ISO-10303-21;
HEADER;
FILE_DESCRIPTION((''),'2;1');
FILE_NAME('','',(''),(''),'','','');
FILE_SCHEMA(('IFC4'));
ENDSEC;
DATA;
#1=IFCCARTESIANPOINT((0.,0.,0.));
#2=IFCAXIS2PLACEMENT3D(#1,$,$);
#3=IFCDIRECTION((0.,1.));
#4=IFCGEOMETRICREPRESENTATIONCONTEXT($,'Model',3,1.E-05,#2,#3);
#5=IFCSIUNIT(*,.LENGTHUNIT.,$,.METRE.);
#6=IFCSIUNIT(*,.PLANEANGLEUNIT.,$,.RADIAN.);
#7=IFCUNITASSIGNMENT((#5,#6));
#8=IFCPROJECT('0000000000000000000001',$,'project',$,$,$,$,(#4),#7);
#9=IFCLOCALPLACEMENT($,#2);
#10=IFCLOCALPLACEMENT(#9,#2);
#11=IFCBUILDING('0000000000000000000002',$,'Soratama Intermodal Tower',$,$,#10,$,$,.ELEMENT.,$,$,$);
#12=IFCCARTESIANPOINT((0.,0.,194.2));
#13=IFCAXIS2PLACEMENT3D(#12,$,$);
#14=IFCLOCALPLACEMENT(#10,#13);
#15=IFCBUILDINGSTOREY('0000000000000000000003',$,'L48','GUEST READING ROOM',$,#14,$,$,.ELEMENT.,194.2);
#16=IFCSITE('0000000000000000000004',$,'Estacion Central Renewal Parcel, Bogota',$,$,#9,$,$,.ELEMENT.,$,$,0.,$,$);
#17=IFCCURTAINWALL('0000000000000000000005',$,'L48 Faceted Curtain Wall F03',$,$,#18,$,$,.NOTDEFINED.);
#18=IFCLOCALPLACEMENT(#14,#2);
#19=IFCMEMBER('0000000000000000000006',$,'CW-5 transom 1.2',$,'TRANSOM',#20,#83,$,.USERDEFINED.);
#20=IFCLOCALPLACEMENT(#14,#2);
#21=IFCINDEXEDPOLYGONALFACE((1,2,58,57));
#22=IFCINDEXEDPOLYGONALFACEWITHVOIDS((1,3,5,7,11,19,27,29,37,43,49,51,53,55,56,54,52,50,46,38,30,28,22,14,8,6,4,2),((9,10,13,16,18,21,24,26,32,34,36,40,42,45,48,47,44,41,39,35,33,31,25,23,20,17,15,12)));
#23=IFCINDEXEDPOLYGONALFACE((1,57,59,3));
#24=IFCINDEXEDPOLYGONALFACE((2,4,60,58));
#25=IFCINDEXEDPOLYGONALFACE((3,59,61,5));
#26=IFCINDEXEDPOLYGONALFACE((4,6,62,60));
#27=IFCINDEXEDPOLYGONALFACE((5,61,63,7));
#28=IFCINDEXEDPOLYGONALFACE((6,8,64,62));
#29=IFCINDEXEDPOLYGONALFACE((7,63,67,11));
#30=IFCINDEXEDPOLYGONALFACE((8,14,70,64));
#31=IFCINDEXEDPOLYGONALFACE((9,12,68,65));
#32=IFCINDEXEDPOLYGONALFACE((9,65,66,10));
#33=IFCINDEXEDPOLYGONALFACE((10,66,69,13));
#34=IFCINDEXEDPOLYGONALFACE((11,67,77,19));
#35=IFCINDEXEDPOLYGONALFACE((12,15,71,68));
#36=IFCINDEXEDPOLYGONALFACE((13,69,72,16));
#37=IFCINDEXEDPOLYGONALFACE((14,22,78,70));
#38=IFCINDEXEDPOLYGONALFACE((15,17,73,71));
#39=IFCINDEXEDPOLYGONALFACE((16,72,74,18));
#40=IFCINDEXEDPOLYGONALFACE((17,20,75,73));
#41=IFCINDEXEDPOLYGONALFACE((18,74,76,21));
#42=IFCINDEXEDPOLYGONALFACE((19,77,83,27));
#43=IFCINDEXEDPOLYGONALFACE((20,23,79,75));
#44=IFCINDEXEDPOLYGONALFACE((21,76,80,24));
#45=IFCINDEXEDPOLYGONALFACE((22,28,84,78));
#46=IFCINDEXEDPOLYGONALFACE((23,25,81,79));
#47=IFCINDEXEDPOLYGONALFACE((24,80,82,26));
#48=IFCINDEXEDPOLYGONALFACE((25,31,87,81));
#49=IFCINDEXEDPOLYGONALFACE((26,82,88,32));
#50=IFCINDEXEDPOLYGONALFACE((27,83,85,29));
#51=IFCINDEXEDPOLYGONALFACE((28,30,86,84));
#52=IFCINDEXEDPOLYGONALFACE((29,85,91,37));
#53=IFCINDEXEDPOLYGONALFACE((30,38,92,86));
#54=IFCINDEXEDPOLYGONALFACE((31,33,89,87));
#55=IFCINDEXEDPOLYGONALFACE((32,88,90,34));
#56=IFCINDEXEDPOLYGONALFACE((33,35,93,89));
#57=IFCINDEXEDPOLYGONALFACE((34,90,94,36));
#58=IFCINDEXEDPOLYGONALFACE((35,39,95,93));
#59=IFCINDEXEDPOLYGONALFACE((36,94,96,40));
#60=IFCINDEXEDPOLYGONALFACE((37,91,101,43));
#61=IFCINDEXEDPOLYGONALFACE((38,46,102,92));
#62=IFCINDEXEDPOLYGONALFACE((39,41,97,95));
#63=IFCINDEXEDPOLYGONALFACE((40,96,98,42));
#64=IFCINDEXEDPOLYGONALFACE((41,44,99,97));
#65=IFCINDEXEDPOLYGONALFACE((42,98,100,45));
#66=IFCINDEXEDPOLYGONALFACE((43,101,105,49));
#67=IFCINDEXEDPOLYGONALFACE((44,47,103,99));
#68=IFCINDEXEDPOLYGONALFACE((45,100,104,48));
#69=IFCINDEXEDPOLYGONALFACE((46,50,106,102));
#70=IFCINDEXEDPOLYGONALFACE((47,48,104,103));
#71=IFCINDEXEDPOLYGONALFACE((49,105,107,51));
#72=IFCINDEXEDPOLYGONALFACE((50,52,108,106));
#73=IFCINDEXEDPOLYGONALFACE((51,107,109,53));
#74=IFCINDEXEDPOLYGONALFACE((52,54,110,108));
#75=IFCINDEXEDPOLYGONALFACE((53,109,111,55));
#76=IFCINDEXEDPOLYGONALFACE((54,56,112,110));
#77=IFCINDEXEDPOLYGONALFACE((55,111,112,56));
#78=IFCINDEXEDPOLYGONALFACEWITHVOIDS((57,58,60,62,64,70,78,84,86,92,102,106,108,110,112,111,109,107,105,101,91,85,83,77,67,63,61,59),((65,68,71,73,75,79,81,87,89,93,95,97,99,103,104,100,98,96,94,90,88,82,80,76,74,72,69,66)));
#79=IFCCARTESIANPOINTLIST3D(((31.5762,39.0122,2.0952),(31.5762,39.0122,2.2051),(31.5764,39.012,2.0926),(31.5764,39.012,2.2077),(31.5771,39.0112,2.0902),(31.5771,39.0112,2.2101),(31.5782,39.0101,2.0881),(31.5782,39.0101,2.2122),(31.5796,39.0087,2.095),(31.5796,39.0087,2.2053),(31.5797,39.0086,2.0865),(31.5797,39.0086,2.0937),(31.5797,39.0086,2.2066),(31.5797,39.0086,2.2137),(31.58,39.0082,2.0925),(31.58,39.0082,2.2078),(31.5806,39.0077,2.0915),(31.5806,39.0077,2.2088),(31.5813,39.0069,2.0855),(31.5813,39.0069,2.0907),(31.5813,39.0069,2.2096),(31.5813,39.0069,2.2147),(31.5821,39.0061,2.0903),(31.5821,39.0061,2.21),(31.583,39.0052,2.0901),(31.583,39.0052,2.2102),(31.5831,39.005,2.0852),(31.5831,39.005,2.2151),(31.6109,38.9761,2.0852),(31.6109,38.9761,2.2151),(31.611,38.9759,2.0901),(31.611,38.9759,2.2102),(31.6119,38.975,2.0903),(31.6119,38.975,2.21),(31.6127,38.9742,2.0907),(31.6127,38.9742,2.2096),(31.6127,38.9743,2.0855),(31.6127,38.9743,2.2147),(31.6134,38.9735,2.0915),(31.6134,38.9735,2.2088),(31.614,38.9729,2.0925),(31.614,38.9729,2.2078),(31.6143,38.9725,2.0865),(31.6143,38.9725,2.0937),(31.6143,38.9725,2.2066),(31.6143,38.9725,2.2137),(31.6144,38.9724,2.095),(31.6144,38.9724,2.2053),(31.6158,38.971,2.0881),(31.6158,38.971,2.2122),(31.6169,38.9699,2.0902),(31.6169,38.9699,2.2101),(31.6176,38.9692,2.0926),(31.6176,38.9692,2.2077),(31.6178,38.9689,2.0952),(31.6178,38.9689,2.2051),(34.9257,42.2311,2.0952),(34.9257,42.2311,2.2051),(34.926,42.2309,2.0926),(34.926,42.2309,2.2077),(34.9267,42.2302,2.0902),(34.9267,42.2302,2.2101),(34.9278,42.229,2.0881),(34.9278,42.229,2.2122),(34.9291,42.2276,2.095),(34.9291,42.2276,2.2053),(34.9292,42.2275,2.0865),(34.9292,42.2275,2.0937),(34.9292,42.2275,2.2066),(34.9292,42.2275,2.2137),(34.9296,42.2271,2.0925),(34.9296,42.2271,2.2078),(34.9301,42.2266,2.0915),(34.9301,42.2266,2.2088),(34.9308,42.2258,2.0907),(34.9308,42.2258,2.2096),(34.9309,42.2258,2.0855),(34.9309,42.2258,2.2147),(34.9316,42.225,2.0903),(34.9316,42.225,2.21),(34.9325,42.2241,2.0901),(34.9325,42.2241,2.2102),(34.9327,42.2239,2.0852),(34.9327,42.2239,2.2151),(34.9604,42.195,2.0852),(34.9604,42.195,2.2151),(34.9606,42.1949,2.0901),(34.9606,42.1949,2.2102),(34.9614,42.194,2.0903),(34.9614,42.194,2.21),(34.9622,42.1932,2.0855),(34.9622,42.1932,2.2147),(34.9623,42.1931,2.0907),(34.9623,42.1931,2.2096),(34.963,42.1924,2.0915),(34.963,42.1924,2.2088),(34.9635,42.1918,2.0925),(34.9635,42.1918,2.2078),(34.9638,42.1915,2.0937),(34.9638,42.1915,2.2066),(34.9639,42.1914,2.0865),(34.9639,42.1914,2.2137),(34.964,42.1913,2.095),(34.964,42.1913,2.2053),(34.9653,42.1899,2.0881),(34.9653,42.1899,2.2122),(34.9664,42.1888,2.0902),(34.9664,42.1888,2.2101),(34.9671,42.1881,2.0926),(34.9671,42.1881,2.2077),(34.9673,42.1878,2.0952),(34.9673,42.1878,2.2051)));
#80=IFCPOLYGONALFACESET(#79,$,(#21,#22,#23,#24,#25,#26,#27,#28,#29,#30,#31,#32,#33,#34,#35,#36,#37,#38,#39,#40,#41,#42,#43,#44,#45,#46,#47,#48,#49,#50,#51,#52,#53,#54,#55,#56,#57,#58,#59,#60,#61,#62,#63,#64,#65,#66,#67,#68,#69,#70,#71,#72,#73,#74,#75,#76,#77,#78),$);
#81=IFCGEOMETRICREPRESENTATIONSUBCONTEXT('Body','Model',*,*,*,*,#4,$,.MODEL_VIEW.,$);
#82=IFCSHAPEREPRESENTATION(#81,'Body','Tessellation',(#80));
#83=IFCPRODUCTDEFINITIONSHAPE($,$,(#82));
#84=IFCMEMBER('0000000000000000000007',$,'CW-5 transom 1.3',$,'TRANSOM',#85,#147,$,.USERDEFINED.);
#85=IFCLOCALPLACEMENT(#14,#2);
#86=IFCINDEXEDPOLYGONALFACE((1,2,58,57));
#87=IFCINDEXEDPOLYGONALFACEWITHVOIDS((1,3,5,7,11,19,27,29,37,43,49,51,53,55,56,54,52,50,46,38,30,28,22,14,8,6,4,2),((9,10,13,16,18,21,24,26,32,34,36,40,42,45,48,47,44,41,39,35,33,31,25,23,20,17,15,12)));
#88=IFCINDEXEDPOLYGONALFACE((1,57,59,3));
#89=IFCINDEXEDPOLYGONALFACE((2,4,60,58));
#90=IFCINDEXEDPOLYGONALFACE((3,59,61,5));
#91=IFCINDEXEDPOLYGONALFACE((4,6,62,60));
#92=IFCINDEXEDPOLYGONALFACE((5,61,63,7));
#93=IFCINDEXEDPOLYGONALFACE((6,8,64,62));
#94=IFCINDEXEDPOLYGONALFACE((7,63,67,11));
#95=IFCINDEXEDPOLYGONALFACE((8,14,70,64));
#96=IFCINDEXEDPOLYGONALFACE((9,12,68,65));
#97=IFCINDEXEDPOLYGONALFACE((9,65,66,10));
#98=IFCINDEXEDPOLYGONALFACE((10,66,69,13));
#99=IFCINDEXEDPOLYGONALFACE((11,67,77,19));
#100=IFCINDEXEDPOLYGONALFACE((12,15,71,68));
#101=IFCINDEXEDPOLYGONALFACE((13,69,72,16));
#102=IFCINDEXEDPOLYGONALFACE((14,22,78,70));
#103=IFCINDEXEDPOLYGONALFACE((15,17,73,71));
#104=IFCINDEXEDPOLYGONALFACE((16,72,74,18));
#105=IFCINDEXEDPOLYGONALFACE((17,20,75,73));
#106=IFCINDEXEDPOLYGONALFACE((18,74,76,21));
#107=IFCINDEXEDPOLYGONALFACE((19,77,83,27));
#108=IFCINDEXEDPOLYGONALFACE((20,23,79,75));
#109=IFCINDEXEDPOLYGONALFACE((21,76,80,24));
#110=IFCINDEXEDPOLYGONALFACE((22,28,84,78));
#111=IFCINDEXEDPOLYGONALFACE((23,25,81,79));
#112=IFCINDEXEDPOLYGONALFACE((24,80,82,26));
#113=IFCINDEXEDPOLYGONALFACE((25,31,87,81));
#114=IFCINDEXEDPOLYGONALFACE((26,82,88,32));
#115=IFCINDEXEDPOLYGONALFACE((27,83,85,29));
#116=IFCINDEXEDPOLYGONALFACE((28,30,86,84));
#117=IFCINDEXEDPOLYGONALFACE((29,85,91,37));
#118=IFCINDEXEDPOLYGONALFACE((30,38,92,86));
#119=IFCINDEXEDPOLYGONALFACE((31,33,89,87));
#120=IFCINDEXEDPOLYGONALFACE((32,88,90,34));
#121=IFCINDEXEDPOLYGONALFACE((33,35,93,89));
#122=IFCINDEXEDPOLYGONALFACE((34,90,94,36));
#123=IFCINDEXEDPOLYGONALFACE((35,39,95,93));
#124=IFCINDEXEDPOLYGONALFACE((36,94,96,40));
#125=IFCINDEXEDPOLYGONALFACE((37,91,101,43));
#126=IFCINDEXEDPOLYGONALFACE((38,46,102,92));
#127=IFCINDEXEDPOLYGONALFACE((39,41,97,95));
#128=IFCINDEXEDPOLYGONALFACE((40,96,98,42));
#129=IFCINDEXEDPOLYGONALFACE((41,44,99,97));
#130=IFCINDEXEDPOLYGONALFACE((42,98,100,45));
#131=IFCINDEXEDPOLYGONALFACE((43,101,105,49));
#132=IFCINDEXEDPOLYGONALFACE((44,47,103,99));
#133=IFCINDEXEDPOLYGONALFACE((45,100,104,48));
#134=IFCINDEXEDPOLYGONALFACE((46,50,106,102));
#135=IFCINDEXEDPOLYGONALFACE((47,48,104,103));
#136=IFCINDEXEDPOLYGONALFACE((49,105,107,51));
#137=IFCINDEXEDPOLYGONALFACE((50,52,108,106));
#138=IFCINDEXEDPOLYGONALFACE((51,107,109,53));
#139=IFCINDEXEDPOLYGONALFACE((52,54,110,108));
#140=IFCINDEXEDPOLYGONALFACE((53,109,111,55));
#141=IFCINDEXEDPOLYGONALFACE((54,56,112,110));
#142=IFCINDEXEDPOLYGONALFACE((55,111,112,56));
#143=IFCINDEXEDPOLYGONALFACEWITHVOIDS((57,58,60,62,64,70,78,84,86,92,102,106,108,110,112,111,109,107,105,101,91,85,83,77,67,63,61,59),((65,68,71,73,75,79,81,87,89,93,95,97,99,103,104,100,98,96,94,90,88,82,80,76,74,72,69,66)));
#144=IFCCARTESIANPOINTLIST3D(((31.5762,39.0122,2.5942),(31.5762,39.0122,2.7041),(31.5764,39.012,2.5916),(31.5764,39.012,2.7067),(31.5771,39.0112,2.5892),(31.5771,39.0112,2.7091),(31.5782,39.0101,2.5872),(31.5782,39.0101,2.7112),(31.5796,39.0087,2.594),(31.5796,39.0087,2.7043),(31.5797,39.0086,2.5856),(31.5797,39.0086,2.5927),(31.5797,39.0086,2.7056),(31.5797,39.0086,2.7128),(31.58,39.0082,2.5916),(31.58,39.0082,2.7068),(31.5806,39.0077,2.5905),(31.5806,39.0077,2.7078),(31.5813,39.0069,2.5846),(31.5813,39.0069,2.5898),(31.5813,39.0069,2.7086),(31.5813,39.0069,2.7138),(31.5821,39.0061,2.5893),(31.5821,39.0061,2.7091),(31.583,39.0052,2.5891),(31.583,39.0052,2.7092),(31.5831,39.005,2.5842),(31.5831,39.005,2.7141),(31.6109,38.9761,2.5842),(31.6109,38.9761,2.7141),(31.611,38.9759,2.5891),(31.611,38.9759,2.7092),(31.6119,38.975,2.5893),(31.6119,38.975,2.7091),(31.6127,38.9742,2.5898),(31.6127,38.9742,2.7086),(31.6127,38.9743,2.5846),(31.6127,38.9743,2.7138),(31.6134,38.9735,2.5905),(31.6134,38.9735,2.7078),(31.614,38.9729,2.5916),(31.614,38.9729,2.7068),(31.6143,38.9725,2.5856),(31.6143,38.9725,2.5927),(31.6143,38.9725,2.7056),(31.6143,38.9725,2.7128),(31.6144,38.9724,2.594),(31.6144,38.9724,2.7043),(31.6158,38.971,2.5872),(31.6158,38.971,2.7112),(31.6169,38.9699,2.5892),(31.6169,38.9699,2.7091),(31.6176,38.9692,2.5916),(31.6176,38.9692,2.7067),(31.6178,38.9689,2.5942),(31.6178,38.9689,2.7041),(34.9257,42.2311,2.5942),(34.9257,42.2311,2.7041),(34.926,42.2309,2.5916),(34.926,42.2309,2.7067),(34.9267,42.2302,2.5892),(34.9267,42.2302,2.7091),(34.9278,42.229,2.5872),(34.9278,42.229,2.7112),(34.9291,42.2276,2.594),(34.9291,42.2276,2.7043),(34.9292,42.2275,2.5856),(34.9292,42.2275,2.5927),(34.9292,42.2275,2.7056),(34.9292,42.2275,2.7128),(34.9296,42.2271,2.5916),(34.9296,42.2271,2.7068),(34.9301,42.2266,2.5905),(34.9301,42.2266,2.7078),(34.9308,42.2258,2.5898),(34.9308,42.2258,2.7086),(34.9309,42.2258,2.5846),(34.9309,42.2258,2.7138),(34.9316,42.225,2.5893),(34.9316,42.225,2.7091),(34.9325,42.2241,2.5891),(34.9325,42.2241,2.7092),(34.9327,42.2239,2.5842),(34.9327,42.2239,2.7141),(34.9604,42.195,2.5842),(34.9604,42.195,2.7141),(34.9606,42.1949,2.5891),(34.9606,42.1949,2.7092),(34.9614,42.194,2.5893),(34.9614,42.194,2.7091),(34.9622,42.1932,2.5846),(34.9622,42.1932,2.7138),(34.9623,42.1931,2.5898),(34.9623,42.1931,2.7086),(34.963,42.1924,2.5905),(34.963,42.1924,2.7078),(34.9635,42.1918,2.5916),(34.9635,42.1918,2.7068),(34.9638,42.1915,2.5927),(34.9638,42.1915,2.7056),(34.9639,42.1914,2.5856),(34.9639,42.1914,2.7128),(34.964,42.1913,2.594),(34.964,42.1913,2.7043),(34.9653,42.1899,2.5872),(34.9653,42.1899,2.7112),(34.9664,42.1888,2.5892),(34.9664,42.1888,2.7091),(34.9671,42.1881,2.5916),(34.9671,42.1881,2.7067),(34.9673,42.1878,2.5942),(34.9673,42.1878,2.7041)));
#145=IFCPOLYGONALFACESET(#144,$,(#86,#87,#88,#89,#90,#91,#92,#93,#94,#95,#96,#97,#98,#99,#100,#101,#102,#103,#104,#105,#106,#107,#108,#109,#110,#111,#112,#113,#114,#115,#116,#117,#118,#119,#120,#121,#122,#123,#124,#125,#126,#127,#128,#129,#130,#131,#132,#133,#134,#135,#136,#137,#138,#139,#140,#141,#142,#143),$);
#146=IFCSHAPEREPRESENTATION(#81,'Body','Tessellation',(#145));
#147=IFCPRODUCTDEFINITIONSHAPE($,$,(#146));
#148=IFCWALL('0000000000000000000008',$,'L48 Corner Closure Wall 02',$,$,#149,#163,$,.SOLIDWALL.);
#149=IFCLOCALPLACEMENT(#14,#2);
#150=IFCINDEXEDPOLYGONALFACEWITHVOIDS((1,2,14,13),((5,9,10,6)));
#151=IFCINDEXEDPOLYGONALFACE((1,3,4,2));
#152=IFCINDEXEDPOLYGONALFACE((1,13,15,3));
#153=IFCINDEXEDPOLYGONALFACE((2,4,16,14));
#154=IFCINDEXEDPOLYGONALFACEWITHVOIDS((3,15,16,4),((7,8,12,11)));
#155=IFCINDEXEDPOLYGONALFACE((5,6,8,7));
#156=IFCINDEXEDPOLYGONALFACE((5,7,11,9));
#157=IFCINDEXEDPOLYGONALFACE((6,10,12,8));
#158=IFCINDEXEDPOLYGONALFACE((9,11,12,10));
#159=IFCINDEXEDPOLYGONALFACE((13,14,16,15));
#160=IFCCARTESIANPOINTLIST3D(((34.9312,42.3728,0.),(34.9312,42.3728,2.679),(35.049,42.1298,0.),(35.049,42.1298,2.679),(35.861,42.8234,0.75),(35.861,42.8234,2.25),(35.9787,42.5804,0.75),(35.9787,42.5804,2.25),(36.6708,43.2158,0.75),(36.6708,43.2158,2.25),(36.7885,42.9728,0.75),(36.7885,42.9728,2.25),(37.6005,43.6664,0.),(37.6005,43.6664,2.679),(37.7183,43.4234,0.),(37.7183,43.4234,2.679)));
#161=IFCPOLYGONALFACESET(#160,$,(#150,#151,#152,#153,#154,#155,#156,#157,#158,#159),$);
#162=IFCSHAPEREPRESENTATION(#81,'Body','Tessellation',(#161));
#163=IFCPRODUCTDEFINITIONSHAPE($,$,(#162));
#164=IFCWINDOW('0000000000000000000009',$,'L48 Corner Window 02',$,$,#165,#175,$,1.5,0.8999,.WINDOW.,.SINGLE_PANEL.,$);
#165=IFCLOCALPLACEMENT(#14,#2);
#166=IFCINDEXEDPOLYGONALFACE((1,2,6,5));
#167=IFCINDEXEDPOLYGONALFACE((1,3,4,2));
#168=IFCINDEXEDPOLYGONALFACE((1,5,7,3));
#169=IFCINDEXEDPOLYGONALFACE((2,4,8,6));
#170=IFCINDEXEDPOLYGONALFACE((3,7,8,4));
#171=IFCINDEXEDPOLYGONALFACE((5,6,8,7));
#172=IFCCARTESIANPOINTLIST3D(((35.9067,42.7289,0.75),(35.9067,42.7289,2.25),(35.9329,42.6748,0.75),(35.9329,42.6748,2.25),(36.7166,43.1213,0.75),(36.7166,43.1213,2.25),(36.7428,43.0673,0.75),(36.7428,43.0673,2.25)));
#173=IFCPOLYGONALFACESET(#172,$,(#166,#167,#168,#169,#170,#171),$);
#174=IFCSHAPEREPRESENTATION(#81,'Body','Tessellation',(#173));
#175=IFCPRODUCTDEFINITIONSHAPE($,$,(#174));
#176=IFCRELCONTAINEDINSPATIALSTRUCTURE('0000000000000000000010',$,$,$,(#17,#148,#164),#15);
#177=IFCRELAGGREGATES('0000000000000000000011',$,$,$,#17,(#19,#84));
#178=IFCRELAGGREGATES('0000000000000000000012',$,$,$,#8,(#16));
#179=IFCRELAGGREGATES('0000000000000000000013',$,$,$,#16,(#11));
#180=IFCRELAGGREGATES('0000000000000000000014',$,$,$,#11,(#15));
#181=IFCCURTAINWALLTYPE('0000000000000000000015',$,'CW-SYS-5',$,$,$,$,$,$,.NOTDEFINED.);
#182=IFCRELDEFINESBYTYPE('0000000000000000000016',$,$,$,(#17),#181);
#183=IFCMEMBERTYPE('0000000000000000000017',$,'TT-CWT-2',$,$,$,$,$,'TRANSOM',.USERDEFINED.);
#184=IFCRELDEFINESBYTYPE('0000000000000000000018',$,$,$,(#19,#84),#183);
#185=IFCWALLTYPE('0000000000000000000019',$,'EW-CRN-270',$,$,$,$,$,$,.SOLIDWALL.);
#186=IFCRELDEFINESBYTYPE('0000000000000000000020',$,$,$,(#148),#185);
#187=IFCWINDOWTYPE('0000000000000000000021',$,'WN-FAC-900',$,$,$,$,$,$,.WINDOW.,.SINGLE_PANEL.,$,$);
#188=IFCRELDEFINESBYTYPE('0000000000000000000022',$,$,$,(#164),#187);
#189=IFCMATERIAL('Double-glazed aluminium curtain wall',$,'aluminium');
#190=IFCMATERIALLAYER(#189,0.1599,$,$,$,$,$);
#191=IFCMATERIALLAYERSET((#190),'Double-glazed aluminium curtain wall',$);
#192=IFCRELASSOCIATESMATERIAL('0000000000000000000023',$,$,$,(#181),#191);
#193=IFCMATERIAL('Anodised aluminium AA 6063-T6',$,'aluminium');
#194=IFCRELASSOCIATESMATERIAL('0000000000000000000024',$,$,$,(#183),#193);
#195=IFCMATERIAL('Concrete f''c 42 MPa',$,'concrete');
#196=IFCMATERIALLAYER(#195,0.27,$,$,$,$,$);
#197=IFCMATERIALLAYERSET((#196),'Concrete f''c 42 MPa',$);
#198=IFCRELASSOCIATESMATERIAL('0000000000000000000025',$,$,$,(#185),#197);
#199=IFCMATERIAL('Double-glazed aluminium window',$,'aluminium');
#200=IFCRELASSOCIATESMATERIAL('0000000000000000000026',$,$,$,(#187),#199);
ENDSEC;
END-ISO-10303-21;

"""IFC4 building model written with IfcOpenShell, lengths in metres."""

from ifc_helpers import new_model, si_unit, direction, frame, frame_2d, origin, origin_2d, place, context, subcontext, project, spatial, rectangle, hollow_rectangle, extrude, material, layer, layer_set, material_profile, profile_set, type_object, element, fill, aggregate, save


model = new_model("IFC4")

# Units and contexts
model_context = context("Model", 3, precision=1e-05, world=origin(), true_north=direction((0.0, 1.0)))
body_context = subcontext(model_context, "Body", "Model", "MODEL_VIEW")
ifc_project = project(units=[si_unit("LENGTHUNIT", "METRE"), si_unit("PLANEANGLEUNIT", "RADIAN")], contexts=[model_context])

# Site, building, storey
site_placement = place(None, origin())
site = spatial("IfcSite", under=ifc_project, at=site_placement, Name="Estacion Central Renewal Parcel, Bogota", CompositionType="ELEMENT", RefElevation=0.0)
building_placement = place(site_placement, origin())
building = spatial("IfcBuilding", under=site, at=building_placement, Name="Soratama Intermodal Tower", CompositionType="ELEMENT")
storey_placement = place(building_placement, frame((0.0, 0.0, 194.2)))
storey = spatial("IfcBuildingStorey", under=building, at=storey_placement, Name="L48", Description="GUEST READING ROOM", CompositionType="ELEMENT", Elevation=194.2)

# Curtain wall, members
ifc_material_1 = material(Name="Double-glazed aluminium curtain wall", Category="aluminium")
ifc_layer_1 = layer(ifc_material_1, 0.1599)
ifc_layer_set_1 = layer_set([ifc_layer_1], Name="Double-glazed aluminium curtain wall")
curtain_wall_type = type_object("IfcCurtainWallType", Name="CW-SYS-5", PredefinedType="NOTDEFINED", material=ifc_layer_set_1)
curtain_wall_placement = place(storey_placement, origin())
curtain_wall = element("IfcCurtainWall", 1, at=curtain_wall_placement, inside=storey, type_object=curtain_wall_type, Name="L48 Faceted Curtain Wall F03", PredefinedType="NOTDEFINED")
ifc_material_2 = material(Name="Anodised aluminium AA 6063-T6", Category="aluminium")
ifc_material_profile_1 = material_profile(ifc_material_2, hollow_rectangle(XDim=0.0601, YDim=0.1299, WallThickness=0.0049, InnerFilletRadius=0.0049, OuterFilletRadius=0.01, at=origin_2d()), Name="CWT130X60X5")
ifc_profile_set_1 = profile_set([ifc_material_profile_1], Name="Anodised aluminium AA 6063-T6")
member_type_1 = type_object("IfcMemberType", Name="TT-CWT-2", ElementType="TRANSOM", PredefinedType="USERDEFINED", material=ifc_profile_set_1)
member_1_placement = place(storey_placement, frame((34.9465, 42.2095, 2.1501), z_axis=(-0.721025, -0.692909, 0.0), x_axis=(0.692909, -0.721025, 0.0)))
member_1 = element("IfcMember", 2, at=member_1_placement, type_object=member_type_1, Name="CW-5 transom 1.2", ObjectType="TRANSOM", PredefinedType="USERDEFINED", context=body_context, shape_type="SweptSolid", body=[
    extrude(hollow_rectangle(XDim=0.0601, YDim=0.1299, WallThickness=0.0049, InnerFilletRadius=0.0049, OuterFilletRadius=0.01, at=origin_2d()), origin(), (0.0, 0.0, 1.0), 4.6455),
])
member_2_placement = place(storey_placement, frame((34.9465, 42.2095, 2.6492), z_axis=(-0.721025, -0.692909, 0.0), x_axis=(0.692909, -0.721025, 0.0)))
member_2 = element("IfcMember", 3, at=member_2_placement, type_object=member_type_1, Name="CW-5 transom 1.3", ObjectType="TRANSOM", PredefinedType="USERDEFINED", context=body_context, shape_type="SweptSolid", body=[
    extrude(hollow_rectangle(XDim=0.0601, YDim=0.1299, WallThickness=0.0049, InnerFilletRadius=0.0049, OuterFilletRadius=0.01, at=origin_2d()), origin(), (0.0, 0.0, 1.0), 4.6455),
])
aggregate(curtain_wall, [member_1, member_2])

# Wall, opening, window
ifc_material_3 = material(Name="Concrete f'c 42 MPa", Category="concrete")
ifc_layer_2 = layer(ifc_material_3, 0.27)
ifc_layer_set_2 = layer_set([ifc_layer_2], Name="Concrete f'c 42 MPa")
wall_type_1 = type_object("IfcWallType", Name="EW-CRN-270", PredefinedType="SOLIDWALL", material=ifc_layer_set_2)
wall_1_placement = place(storey_placement, frame((37.6594, 43.5449, 0.0), z_axis=(0.0, 0.0, 1.0), x_axis=(-0.899889, -0.436118, 0.0)))
wall_1 = element("IfcWall", 4, at=wall_1_placement, inside=storey, type_object=wall_type_1, Name="L48 Corner Closure Wall 02", PredefinedType="SOLIDWALL", context=body_context, shape_type="SweptSolid", body=[
    extrude(rectangle(XDim=2.9663, YDim=0.27, at=frame_2d((1.4832, 0.0))), origin(), (0.0, 0.0, 1.0), 2.679),
])
opening_1_placement = place(wall_1_placement, frame((1.0332, 0.0, 0.75)))
opening_1 = element("IfcOpeningElement", 5, at=opening_1_placement, cuts=wall_1, PredefinedType="OPENING", context=body_context, shape_type="SweptSolid", body=[
    extrude(rectangle(XDim=0.8999, YDim=1.5, at=frame_2d((0.45, 0.75))), frame((0.0, 0.145, 0.0), z_axis=(0.0, -1.0, 0.0), x_axis=(1.0, 0.0, 0.0)), (0.0, 0.0, 1.0), 0.29),
])
ifc_material_4 = material(Name="Double-glazed aluminium window", Category="aluminium")
window_type = type_object("IfcWindowType", Name="WN-FAC-900", PartitioningType="SINGLE_PANEL", PredefinedType="WINDOW", material=ifc_material_4)
window_placement = place(opening_1_placement, origin())
window = element("IfcWindow", 6, at=window_placement, inside=storey, type_object=window_type, Name="L48 Corner Window 02", OverallHeight=1.5, OverallWidth=0.8999, PartitioningType="SINGLE_PANEL", PredefinedType="WINDOW", context=body_context, shape_type="SweptSolid", body=[
    extrude(rectangle(XDim=0.8999, YDim=1.5, at=frame_2d((0.45, 0.75))), frame((0.0, 0.03, 0.0), z_axis=(0.0, -1.0, 0.0), x_axis=(1.0, 0.0, 0.0)), (0.0, 0.0, 1.0), 0.0601),
])
fill(opening_1, window)

save(model, "model.ifc")
